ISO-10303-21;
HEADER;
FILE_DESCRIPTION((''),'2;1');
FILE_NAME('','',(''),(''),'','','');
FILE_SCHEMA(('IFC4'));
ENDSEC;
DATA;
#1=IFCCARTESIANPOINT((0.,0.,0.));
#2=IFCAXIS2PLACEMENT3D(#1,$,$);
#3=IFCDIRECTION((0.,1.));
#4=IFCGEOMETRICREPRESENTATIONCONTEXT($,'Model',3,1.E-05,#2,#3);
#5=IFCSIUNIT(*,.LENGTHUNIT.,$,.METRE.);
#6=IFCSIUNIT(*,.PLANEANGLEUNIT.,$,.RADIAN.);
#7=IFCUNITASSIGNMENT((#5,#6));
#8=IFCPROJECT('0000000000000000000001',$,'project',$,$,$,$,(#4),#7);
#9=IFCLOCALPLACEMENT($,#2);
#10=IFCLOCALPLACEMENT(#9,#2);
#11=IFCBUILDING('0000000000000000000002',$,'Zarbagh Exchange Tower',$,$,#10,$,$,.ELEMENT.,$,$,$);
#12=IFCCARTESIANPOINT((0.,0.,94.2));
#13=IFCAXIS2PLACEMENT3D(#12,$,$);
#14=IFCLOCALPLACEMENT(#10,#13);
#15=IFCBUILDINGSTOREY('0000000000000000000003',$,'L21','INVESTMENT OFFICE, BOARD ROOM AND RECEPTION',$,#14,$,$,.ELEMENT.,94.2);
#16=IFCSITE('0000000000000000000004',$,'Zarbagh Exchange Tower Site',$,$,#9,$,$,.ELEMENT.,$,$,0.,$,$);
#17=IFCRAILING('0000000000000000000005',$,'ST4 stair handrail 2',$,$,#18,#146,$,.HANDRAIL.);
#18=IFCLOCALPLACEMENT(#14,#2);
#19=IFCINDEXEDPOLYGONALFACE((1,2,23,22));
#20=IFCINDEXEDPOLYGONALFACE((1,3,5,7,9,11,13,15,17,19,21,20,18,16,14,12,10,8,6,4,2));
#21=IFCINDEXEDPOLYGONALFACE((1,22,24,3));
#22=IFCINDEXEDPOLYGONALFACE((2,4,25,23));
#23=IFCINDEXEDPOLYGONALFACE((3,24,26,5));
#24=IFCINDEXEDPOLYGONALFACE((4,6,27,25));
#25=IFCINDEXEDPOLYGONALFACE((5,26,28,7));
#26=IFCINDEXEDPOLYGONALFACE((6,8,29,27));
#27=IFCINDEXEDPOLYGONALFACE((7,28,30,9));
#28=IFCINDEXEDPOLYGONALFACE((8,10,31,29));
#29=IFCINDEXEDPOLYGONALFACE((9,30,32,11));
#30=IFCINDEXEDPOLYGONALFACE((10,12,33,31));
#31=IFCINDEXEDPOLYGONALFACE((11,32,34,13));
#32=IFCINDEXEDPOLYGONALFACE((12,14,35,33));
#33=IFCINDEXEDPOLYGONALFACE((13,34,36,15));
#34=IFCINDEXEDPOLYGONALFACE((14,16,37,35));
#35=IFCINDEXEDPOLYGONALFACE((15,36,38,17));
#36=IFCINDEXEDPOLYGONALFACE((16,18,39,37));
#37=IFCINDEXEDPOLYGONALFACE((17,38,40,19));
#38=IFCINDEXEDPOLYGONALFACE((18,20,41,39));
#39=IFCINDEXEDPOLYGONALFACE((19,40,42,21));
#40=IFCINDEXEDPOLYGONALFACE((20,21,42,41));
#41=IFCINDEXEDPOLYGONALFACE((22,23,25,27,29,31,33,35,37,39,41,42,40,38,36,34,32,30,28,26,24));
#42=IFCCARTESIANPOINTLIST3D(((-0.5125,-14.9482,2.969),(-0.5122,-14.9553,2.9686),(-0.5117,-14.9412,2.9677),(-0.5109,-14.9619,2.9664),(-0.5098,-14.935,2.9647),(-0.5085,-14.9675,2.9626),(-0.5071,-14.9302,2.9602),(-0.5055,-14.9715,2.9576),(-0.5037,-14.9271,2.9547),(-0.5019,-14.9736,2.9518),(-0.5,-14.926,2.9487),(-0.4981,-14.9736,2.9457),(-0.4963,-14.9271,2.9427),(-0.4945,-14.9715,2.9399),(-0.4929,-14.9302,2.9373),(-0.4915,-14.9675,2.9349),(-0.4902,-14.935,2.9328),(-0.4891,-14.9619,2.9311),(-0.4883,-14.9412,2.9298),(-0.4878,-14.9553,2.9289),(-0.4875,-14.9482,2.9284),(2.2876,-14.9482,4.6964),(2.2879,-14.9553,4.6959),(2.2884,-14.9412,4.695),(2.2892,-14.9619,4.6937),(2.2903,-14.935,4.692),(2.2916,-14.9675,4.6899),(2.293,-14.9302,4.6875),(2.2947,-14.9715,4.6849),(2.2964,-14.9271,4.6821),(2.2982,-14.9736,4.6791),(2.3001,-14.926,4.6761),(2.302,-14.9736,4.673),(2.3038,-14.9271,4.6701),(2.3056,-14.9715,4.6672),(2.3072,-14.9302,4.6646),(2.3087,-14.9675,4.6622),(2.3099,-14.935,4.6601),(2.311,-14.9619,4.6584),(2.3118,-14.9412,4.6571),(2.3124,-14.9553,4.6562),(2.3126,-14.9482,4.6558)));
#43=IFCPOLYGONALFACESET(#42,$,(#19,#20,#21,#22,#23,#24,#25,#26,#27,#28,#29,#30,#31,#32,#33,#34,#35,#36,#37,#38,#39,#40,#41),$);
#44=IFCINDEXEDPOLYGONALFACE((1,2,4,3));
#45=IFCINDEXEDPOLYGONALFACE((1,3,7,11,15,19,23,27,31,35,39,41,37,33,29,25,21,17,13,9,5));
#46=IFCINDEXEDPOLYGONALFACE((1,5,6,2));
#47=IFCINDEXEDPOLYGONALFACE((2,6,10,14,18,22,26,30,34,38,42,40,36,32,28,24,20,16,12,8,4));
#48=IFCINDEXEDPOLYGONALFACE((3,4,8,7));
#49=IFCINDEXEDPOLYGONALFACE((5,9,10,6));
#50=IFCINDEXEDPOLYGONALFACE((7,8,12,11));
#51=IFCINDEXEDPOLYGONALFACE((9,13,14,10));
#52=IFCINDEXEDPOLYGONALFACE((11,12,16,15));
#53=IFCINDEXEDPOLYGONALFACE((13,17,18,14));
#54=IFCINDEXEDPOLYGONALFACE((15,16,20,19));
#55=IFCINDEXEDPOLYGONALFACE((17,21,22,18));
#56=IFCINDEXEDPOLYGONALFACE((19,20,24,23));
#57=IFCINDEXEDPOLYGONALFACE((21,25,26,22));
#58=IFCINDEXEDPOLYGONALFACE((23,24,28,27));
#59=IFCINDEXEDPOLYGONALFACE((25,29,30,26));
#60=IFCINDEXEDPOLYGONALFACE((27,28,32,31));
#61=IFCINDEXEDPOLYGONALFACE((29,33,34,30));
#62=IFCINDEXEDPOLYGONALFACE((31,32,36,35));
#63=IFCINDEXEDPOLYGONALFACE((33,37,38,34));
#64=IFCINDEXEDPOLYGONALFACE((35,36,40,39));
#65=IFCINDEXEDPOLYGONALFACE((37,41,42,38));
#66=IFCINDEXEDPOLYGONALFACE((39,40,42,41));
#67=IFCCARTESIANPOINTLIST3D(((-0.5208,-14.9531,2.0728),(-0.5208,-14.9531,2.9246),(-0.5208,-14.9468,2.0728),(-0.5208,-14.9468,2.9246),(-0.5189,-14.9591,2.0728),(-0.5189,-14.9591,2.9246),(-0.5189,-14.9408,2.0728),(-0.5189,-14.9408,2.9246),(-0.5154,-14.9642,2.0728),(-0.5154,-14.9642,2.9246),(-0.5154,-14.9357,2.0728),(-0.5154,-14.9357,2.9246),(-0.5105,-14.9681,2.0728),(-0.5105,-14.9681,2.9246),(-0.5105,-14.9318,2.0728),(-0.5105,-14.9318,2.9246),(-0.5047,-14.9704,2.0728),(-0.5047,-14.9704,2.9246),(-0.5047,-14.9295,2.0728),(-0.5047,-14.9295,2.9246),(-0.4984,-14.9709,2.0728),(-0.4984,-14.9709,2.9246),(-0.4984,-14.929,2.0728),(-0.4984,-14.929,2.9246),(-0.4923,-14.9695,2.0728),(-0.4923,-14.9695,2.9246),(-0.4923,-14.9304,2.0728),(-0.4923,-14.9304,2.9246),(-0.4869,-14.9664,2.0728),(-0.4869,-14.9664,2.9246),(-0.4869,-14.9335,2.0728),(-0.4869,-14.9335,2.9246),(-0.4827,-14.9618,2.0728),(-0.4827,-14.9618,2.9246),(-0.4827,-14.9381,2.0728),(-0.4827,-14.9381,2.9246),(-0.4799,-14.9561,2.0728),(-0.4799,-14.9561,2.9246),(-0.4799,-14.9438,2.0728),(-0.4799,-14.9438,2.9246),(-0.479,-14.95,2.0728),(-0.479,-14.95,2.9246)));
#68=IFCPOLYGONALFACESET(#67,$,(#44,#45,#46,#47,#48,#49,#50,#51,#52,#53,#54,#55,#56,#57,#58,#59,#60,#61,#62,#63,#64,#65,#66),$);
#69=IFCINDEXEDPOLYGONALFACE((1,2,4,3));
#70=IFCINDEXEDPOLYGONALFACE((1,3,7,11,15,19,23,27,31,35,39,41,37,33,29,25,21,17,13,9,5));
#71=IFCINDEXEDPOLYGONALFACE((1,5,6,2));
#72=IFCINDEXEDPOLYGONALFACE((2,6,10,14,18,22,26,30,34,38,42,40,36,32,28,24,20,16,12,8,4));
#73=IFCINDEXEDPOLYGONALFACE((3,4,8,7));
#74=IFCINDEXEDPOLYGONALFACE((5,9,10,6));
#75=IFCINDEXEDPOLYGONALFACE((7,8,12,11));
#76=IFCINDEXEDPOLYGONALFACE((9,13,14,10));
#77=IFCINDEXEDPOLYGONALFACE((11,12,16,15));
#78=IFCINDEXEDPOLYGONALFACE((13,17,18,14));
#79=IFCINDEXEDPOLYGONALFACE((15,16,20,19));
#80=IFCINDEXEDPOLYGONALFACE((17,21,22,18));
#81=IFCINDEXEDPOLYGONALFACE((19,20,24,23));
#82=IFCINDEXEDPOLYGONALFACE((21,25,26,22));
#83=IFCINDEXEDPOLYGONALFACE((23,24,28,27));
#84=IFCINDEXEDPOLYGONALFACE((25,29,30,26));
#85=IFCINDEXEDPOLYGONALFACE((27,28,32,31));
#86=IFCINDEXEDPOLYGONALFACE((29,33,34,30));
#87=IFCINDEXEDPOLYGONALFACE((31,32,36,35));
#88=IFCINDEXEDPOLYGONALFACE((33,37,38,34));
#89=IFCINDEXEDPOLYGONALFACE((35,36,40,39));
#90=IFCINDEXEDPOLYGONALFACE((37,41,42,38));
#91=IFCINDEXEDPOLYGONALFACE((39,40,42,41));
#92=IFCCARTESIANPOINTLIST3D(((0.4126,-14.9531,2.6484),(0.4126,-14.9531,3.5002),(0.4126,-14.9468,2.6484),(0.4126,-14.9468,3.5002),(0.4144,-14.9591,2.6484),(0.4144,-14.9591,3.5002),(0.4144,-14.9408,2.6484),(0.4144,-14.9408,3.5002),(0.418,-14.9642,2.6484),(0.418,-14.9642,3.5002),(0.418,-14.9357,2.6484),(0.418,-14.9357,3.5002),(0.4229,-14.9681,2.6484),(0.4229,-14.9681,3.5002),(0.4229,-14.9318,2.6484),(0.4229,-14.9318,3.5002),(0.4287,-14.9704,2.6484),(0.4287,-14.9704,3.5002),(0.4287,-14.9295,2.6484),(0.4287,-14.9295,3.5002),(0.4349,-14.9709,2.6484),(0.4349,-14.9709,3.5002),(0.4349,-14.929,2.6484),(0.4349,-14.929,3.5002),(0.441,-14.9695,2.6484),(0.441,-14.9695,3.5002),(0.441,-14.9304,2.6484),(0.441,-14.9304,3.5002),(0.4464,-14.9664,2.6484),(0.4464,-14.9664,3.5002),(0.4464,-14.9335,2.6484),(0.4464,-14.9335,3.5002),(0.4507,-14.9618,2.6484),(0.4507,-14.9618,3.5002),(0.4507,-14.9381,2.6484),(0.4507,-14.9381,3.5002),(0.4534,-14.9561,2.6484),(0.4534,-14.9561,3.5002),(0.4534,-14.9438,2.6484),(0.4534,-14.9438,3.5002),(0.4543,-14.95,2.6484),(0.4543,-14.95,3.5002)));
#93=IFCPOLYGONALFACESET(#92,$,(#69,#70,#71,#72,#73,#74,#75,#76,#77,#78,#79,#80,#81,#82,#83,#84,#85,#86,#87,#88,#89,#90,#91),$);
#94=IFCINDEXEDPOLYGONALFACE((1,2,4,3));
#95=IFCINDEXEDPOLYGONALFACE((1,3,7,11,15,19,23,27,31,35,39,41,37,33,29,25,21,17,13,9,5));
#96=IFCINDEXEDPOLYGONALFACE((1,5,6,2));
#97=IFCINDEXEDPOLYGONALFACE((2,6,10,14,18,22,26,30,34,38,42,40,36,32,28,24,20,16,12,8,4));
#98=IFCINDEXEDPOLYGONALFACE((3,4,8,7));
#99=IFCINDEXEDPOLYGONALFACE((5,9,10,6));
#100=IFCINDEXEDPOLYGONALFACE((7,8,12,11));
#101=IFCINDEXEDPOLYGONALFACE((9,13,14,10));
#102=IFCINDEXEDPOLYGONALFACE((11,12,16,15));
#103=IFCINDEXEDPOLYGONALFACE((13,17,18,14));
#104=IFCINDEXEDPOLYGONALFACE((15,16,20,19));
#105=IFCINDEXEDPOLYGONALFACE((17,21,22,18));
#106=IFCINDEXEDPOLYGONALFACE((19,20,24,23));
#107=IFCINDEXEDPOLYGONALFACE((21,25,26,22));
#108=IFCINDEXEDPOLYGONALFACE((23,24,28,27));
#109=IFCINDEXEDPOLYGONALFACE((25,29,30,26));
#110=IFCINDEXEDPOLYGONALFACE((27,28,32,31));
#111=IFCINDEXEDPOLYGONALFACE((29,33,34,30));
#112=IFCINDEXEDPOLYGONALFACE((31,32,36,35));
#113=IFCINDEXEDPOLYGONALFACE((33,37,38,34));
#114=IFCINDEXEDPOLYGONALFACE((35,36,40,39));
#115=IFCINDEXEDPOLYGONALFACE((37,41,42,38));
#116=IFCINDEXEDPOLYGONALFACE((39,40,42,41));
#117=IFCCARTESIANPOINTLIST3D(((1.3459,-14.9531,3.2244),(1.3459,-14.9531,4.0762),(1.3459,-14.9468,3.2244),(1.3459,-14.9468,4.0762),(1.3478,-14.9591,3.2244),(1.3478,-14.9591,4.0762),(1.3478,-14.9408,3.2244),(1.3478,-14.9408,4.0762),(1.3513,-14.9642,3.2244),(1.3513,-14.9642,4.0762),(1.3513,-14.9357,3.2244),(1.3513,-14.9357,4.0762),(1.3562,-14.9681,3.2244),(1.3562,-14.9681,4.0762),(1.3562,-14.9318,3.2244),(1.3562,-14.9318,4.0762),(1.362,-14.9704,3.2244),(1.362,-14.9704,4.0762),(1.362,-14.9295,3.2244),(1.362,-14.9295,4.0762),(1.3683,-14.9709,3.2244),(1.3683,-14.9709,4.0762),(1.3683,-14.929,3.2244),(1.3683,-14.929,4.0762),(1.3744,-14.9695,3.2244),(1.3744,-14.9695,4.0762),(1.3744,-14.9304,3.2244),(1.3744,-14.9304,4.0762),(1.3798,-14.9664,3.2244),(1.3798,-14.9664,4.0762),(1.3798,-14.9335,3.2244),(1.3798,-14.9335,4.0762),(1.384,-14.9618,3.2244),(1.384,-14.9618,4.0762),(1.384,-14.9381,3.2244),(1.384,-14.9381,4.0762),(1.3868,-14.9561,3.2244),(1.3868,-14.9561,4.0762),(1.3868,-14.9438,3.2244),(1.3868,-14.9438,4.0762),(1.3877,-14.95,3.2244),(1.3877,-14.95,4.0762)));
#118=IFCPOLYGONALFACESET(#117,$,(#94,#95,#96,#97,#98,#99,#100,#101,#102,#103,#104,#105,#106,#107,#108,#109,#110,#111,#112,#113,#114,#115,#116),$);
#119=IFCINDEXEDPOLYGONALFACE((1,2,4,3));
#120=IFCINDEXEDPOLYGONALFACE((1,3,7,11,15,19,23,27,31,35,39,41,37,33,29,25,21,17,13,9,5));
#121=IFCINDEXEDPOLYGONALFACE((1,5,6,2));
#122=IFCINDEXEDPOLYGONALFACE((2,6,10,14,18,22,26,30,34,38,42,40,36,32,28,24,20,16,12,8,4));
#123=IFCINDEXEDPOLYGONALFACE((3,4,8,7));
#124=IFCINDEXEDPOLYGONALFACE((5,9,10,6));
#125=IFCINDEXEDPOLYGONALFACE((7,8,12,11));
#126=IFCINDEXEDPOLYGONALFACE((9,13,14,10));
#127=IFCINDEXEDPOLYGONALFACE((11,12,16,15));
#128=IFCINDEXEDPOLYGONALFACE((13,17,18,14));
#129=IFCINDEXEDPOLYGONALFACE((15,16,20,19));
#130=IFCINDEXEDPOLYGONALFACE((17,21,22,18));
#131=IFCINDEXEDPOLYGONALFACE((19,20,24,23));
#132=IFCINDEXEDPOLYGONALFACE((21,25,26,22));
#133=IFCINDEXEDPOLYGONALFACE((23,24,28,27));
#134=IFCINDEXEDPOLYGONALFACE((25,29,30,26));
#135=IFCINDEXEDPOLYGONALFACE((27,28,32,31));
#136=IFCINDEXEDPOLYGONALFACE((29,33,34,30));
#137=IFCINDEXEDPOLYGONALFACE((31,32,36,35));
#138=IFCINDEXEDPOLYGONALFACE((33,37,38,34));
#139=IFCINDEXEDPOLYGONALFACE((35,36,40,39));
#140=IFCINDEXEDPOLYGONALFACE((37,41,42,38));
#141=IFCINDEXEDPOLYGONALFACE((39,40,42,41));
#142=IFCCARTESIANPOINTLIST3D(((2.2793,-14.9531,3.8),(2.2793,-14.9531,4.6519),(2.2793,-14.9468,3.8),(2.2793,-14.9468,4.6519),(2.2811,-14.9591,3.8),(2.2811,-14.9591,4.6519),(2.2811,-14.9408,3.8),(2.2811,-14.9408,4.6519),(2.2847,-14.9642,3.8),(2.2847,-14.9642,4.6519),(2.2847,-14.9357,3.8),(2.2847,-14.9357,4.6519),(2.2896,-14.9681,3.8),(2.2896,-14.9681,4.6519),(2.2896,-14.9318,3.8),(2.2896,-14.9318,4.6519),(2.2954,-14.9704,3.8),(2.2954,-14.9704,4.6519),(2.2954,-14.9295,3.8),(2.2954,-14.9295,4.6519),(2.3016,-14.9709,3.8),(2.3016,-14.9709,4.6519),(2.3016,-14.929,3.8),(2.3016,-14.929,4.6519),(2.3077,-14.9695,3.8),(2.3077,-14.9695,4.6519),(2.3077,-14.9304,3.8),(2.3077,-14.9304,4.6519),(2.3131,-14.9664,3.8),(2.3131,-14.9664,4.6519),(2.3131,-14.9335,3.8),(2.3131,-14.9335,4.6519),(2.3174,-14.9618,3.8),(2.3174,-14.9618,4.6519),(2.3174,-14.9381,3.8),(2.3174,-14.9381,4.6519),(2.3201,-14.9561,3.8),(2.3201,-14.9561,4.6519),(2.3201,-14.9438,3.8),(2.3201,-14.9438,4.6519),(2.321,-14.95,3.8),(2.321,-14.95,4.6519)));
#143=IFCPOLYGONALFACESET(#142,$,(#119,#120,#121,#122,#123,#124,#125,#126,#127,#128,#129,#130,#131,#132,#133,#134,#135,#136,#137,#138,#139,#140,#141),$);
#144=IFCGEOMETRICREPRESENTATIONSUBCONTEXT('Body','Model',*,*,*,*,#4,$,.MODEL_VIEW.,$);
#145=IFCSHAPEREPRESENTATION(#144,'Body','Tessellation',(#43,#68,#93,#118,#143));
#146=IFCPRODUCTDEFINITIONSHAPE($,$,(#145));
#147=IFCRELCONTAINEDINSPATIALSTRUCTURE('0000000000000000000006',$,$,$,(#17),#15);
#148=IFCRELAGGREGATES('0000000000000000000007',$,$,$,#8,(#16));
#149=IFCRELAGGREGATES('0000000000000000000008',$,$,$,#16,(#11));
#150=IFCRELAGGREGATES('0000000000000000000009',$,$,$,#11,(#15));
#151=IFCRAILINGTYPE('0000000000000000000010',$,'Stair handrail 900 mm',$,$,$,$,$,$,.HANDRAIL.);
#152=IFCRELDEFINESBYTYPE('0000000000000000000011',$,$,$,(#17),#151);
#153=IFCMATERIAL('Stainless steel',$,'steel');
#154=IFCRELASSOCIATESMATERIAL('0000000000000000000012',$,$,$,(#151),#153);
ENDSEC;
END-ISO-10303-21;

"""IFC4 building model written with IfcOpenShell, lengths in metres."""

from ifc_helpers import new_model, si_unit, direction, frame, origin, origin_2d, place, context, subcontext, project, spatial, circle, extrude, material, type_object, element, save


model = new_model("IFC4")

# Units and contexts
model_context = context("Model", 3, precision=1e-05, world=origin(), true_north=direction((0.0, 1.0)))
body_context = subcontext(model_context, "Body", "Model", "MODEL_VIEW")
ifc_project = project(units=[si_unit("LENGTHUNIT", "METRE"), si_unit("PLANEANGLEUNIT", "RADIAN")], contexts=[model_context])

# Site, building, storey
site_placement = place(None, origin())
site = spatial("IfcSite", under=ifc_project, at=site_placement, Name="Zarbagh Exchange Tower Site", CompositionType="ELEMENT", RefElevation=0.0)
building_placement = place(site_placement, origin())
building = spatial("IfcBuilding", under=site, at=building_placement, Name="Zarbagh Exchange Tower", CompositionType="ELEMENT")
storey_placement = place(building_placement, frame((0.0, 0.0, 94.2)))
storey = spatial("IfcBuildingStorey", under=building, at=storey_placement, Name="L21", Description="INVESTMENT OFFICE, BOARD ROOM AND RECEPTION", CompositionType="ELEMENT", Elevation=94.2)

# Shared definitions
ifc_material_1 = material(Name="Stainless steel", Category="steel")

# Railing
railing_type = type_object("IfcRailingType", Name="Stair handrail 900 mm", PredefinedType="HANDRAIL", material=ifc_material_1)
for number, where, name in (
    (1, (-0.5, -14.95, 2.0728), "ST4 stair handrail 2"),
):
    element("IfcRailing", number, at=place(storey_placement, frame(where)), inside=storey, type_object=railing_type, Name=name, PredefinedType="HANDRAIL", context=body_context, shape_type="SweptSolid", body=[
        extrude(circle(Radius=0.0239, at=origin_2d()), frame((0.0, 0.0, 0.876), z_axis=(0.85109, 0.0, 0.52502), x_axis=(0.0, 1.0, 0.0)), (0.0, 0.0, 1.0), 3.29),
        extrude(circle(Radius=0.021, at=origin_2d()), origin(), (0.0, 0.0, 1.0), 0.8518),
        extrude(circle(Radius=0.021, at=origin_2d()), frame((0.9333, 0.0, 0.5757)), (0.0, 0.0, 1.0), 0.8518),
        extrude(circle(Radius=0.021, at=origin_2d()), frame((1.8667, 0.0, 1.1516)), (0.0, 0.0, 1.0), 0.8518),
        extrude(circle(Radius=0.021, at=origin_2d()), frame((2.8, 0.0, 1.7273)), (0.0, 0.0, 1.0), 0.8518),
    ])

save(model, "model.ifc")
